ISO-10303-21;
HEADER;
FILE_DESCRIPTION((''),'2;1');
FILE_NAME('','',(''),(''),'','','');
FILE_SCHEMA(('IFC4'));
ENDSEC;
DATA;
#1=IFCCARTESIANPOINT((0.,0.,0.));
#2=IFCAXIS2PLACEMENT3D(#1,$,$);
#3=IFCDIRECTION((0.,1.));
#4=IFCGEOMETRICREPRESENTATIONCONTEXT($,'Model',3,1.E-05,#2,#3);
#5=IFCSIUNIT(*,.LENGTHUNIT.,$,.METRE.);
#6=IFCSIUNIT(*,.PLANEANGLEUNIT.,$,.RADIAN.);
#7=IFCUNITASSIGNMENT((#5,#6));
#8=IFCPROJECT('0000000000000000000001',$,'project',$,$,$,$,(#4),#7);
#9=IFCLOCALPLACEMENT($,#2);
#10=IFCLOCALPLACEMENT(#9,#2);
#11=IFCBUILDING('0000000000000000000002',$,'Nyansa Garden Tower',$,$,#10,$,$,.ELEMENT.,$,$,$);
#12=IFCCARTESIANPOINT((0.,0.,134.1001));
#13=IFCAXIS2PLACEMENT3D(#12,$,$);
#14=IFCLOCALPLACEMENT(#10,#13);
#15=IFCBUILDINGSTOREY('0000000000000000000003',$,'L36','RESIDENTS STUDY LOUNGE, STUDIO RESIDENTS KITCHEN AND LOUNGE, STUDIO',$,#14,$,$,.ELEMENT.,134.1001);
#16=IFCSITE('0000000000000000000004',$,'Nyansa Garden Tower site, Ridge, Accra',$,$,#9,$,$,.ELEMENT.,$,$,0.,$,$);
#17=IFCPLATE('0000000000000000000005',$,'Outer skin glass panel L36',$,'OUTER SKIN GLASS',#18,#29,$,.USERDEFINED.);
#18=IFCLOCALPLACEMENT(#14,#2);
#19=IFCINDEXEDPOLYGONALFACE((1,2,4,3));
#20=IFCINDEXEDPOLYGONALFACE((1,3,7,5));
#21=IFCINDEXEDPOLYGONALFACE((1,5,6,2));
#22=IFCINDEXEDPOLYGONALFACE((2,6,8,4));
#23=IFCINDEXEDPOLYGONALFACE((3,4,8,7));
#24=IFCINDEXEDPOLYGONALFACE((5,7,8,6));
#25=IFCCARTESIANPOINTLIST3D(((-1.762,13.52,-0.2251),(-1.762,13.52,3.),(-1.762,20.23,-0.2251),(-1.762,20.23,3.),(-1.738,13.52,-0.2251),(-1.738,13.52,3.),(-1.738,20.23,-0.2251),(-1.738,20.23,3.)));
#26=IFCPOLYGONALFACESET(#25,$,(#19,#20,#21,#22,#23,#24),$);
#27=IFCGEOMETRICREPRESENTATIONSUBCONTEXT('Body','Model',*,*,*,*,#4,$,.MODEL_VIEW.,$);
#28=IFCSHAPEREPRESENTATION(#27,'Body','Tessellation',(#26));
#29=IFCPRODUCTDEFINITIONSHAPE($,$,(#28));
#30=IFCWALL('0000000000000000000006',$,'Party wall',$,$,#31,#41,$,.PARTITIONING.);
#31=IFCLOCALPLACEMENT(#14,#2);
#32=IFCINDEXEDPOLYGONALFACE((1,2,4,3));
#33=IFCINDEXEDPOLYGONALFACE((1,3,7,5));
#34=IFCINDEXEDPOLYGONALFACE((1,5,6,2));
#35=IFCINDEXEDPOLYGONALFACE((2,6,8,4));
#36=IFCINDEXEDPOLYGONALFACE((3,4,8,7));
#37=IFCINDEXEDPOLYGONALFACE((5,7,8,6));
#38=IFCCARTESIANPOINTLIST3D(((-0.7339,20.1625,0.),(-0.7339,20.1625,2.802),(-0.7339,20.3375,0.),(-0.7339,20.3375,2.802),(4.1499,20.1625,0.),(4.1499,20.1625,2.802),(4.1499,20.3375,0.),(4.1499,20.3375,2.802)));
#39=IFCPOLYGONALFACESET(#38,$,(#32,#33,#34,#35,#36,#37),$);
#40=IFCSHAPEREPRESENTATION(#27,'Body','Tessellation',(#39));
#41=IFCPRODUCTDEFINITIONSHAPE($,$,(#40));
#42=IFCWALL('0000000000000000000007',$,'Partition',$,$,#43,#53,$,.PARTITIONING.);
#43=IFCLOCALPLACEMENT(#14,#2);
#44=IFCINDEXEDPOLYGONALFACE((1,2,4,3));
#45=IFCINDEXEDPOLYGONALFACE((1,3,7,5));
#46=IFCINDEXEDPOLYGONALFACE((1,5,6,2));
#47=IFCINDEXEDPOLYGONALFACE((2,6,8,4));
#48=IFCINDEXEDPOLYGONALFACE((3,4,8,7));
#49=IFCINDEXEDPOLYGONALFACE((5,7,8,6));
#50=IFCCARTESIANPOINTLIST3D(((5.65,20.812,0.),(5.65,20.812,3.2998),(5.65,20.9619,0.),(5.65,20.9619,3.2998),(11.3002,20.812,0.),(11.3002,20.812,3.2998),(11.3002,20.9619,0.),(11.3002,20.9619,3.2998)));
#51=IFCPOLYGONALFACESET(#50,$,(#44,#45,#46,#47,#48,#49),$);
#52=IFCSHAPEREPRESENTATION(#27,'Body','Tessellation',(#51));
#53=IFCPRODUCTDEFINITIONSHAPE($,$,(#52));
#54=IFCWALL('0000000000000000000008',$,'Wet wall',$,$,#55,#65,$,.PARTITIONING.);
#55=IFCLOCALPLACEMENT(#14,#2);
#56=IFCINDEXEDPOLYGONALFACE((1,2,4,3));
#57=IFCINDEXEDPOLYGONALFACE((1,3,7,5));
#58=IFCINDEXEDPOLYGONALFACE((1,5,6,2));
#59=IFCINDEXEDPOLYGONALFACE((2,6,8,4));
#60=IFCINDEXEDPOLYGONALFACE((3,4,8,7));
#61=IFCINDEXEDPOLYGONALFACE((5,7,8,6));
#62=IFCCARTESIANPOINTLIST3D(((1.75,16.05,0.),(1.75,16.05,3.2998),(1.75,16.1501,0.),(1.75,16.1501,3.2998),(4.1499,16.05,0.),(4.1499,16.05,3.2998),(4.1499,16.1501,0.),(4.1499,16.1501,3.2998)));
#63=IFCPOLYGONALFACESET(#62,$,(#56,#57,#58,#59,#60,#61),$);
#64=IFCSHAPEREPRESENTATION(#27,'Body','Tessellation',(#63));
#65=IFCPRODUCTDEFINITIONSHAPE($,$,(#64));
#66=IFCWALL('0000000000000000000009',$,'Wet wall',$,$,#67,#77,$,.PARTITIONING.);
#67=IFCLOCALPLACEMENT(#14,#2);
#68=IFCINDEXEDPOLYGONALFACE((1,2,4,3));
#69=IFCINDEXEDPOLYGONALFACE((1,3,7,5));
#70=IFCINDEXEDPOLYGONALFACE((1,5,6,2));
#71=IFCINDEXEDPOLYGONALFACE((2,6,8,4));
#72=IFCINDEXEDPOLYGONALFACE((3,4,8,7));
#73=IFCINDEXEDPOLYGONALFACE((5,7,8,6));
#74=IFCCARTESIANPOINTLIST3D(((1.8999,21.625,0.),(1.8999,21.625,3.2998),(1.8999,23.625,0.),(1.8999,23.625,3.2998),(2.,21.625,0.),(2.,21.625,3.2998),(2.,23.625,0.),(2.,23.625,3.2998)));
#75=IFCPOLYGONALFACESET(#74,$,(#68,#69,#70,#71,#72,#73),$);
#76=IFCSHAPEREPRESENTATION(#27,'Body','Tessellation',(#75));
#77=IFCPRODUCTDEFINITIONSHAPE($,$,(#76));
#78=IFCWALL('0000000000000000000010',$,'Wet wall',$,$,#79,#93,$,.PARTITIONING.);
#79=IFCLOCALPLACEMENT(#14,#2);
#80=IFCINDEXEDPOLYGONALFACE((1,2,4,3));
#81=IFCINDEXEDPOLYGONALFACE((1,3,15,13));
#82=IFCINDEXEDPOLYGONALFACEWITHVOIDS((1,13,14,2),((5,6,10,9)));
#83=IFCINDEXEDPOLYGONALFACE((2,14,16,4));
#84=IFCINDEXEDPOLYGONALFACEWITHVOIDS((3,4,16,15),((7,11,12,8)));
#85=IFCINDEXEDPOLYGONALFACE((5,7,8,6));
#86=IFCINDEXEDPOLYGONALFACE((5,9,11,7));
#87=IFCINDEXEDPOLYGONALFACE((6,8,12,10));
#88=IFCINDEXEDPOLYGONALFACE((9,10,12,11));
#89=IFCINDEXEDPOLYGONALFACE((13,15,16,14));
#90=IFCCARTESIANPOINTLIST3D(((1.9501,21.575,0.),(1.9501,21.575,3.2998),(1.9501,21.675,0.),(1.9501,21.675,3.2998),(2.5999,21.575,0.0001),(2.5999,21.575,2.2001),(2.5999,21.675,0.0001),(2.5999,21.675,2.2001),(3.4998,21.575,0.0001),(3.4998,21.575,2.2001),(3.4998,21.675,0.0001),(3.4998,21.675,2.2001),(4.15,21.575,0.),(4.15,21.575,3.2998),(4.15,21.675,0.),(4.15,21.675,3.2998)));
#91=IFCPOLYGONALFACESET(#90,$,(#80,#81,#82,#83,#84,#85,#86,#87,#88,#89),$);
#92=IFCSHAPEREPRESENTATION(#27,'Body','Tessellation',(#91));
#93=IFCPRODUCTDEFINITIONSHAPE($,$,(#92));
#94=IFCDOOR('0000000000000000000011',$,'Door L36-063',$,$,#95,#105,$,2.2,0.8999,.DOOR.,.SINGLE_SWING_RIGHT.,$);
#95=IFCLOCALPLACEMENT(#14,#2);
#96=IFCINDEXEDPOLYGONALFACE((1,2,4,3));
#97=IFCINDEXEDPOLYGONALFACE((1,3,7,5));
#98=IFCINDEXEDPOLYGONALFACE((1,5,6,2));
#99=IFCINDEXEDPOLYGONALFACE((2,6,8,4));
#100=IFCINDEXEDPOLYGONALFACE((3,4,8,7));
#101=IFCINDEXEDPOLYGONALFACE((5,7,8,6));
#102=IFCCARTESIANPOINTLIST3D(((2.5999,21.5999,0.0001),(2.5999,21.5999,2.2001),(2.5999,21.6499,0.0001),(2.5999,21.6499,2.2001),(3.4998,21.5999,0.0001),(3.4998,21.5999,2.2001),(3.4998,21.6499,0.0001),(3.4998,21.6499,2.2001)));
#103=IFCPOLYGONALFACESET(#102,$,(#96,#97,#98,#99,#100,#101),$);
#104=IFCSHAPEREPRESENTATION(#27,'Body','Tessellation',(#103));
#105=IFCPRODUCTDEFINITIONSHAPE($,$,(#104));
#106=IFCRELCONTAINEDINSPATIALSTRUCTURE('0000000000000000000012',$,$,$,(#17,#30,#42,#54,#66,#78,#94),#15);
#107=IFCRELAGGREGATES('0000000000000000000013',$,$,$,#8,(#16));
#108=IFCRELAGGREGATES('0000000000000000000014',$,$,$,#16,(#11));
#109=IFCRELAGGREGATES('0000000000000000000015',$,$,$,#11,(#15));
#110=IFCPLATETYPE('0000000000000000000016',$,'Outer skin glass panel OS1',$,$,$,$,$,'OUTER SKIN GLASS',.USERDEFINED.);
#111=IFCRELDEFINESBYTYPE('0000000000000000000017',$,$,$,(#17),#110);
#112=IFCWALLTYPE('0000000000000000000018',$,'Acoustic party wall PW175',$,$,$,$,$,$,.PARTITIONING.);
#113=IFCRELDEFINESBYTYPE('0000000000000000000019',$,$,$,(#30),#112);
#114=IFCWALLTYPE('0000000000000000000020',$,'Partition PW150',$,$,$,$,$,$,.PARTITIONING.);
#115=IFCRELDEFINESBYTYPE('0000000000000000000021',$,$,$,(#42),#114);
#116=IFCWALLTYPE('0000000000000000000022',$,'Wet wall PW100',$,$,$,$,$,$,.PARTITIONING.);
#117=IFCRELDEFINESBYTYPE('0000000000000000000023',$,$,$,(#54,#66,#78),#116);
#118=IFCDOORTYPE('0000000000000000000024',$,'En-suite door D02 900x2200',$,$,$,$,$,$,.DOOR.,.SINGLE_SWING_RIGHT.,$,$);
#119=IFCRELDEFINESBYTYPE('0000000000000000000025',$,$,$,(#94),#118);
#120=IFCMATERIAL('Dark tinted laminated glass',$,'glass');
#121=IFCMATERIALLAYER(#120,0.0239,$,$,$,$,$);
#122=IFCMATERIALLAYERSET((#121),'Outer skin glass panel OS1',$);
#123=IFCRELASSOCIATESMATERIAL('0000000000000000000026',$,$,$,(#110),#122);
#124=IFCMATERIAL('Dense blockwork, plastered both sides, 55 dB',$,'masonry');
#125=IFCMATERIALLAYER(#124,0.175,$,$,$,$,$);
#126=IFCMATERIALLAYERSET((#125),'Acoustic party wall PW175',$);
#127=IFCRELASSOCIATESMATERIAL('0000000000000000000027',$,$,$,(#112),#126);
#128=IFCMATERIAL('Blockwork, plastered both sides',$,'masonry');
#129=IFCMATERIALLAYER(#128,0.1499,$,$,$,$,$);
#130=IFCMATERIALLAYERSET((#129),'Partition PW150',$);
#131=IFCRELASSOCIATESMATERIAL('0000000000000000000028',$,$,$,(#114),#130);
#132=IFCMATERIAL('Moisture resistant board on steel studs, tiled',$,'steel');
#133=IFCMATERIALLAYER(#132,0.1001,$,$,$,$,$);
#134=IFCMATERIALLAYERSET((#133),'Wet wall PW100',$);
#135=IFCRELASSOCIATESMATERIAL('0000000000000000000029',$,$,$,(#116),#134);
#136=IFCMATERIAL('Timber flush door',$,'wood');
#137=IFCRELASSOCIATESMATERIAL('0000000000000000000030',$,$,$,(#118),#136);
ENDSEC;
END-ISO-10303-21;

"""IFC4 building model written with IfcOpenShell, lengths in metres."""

from ifc_helpers import new_model, si_unit, direction, frame, frame_2d, origin, origin_2d, place, context, subcontext, project, spatial, rectangle, extrude, material, layer, layer_set, type_object, element, fill, save


model = new_model("IFC4")

# Units and contexts
model_context = context("Model", 3, precision=1e-05, world=origin(), true_north=direction((0.0, 1.0)))
body_context = subcontext(model_context, "Body", "Model", "MODEL_VIEW")
ifc_project = project(units=[si_unit("LENGTHUNIT", "METRE"), si_unit("PLANEANGLEUNIT", "RADIAN")], contexts=[model_context])

# Site, building, storey
site_placement = place(None, origin())
site = spatial("IfcSite", under=ifc_project, at=site_placement, Name="Nyansa Garden Tower site, Ridge, Accra", CompositionType="ELEMENT", RefElevation=0.0)
building_placement = place(site_placement, origin())
building = spatial("IfcBuilding", under=site, at=building_placement, Name="Nyansa Garden Tower", CompositionType="ELEMENT")
storey_placement = place(building_placement, frame((0.0, 0.0, 134.1001)))
storey = spatial("IfcBuildingStorey", under=building, at=storey_placement, Name="L36", Description="RESIDENTS STUDY LOUNGE, STUDIO RESIDENTS KITCHEN AND LOUNGE, STUDIO", CompositionType="ELEMENT", Elevation=134.1001)

# Plate
ifc_material_1 = material(Name="Dark tinted laminated glass", Category="glass")
ifc_layer_1 = layer(ifc_material_1, 0.0239)
ifc_layer_set_1 = layer_set([ifc_layer_1], Name="Outer skin glass panel OS1")
plate_type_1 = type_object("IfcPlateType", Name="Outer skin glass panel OS1", ElementType="OUTER SKIN GLASS", PredefinedType="USERDEFINED", material=ifc_layer_set_1)
plate_1_placement = place(storey_placement, frame((-1.75, 16.875, -0.2251), z_axis=(0.0, 0.0, 1.0), x_axis=(0.0, 1.0, 0.0)))
element("IfcPlate", 1, at=plate_1_placement, inside=storey, type_object=plate_type_1, Name="Outer skin glass panel L36", ObjectType="OUTER SKIN GLASS", PredefinedType="USERDEFINED", context=body_context, shape_type="SweptSolid", body=[
    extrude(rectangle(XDim=6.71, YDim=0.0239, at=origin_2d()), origin(), (0.0, 0.0, 1.0), 3.2251),
])

# Walls
ifc_material_2 = material(Name="Dense blockwork, plastered both sides, 55 dB", Category="masonry")
ifc_layer_2 = layer(ifc_material_2, 0.175)
ifc_layer_set_2 = layer_set([ifc_layer_2], Name="Acoustic party wall PW175")
wall_type_1 = type_object("IfcWallType", Name="Acoustic party wall PW175", PredefinedType="PARTITIONING", material=ifc_layer_set_2)
wall_1_placement = place(storey_placement, frame((-0.7339, 20.25, 0.0), z_axis=(0.0, 0.0, 1.0), x_axis=(1.0, 0.0, 0.0)))
element("IfcWall", 2, at=wall_1_placement, inside=storey, type_object=wall_type_1, Name="Party wall", PredefinedType="PARTITIONING", context=body_context, shape_type="SweptSolid", body=[
    extrude(rectangle(XDim=4.8838, YDim=0.175, at=frame_2d((2.4419, 0.0))), origin(), (0.0, 0.0, 1.0), 2.802),
])
ifc_material_3 = material(Name="Blockwork, plastered both sides", Category="masonry")
ifc_layer_3 = layer(ifc_material_3, 0.1499)
ifc_layer_set_3 = layer_set([ifc_layer_3], Name="Partition PW150")
wall_type_2 = type_object("IfcWallType", Name="Partition PW150", PredefinedType="PARTITIONING", material=ifc_layer_set_3)
wall_2_placement = place(storey_placement, frame((5.6499, 20.887, 0.0), z_axis=(0.0, 0.0, 1.0), x_axis=(1.0, 0.0, 0.0)))
element("IfcWall", 3, at=wall_2_placement, inside=storey, type_object=wall_type_2, Name="Partition", PredefinedType="PARTITIONING", context=body_context, shape_type="SweptSolid", body=[
    extrude(rectangle(XDim=5.6501, YDim=0.1499, at=frame_2d((2.8252, 0.0))), origin(), (0.0, 0.0, 1.0), 3.2998),
])
ifc_material_4 = material(Name="Moisture resistant board on steel studs, tiled", Category="steel")
ifc_layer_4 = layer(ifc_material_4, 0.1001)
ifc_layer_set_4 = layer_set([ifc_layer_4], Name="Wet wall PW100")
wall_type_3 = type_object("IfcWallType", Name="Wet wall PW100", PredefinedType="PARTITIONING", material=ifc_layer_set_4)
wall_3_placement = place(storey_placement, frame((1.75, 16.1001, 0.0), z_axis=(0.0, 0.0, 1.0), x_axis=(1.0, 0.0, 0.0)))
element("IfcWall", 4, at=wall_3_placement, inside=storey, type_object=wall_type_3, Name="Wet wall", PredefinedType="PARTITIONING", context=body_context, shape_type="SweptSolid", body=[
    extrude(rectangle(XDim=2.3999, YDim=0.1001, at=frame_2d((1.2, 0.0))), origin(), (0.0, 0.0, 1.0), 3.2998),
])
wall_4_placement = place(storey_placement, frame((1.95, 21.625, 0.0), z_axis=(0.0, 0.0, 1.0), x_axis=(0.0, 1.0, 0.0)))
element("IfcWall", 5, at=wall_4_placement, inside=storey, type_object=wall_type_3, Name="Wet wall", PredefinedType="PARTITIONING", context=body_context, shape_type="SweptSolid", body=[
    extrude(rectangle(XDim=2.0, YDim=0.1001, at=frame_2d((1.0, 0.0))), origin(), (0.0, 0.0, 1.0), 3.2998),
])

# Wall, opening, door
wall_5_placement = place(storey_placement, frame((1.95, 21.625, 0.0), z_axis=(0.0, 0.0, 1.0), x_axis=(1.0, 0.0, 0.0)))
wall_5 = element("IfcWall", 6, at=wall_5_placement, inside=storey, type_object=wall_type_3, Name="Wet wall", PredefinedType="PARTITIONING", context=body_context, shape_type="SweptSolid", body=[
    extrude(rectangle(XDim=2.2, YDim=0.1001, at=frame_2d((1.1001, 0.0))), origin(), (0.0, 0.0, 1.0), 3.2998),
])
opening_placement = place(wall_5_placement, frame((0.6499, 0.0, 0.0)))
opening = element("IfcOpeningElement", 7, at=opening_placement, cuts=wall_5, PredefinedType="OPENING", context=body_context, shape_type="SweptSolid", body=[
    extrude(rectangle(XDim=0.8999, YDim=2.2, at=frame_2d((0.45, 1.1001))), frame((0.0, 0.0601, 0.0), z_axis=(0.0, -1.0, 0.0), x_axis=(1.0, 0.0, 0.0)), (0.0, 0.0, 1.0), 0.1201),
])
ifc_material_5 = material(Name="Timber flush door", Category="wood")
door_type = type_object("IfcDoorType", Name="En-suite door D02 900x2200", OperationType="SINGLE_SWING_RIGHT", PredefinedType="DOOR", material=ifc_material_5)
door_placement = place(opening_placement, origin())
door = element("IfcDoor", 8, at=door_placement, inside=storey, type_object=door_type, Name="Door L36-063", OperationType="SINGLE_SWING_RIGHT", OverallHeight=2.2, OverallWidth=0.8999, PredefinedType="DOOR", context=body_context, shape_type="SweptSolid", body=[
    extrude(rectangle(XDim=0.8999, YDim=2.2, at=frame_2d((0.45, 1.1001))), frame((0.0, 0.0249, 0.0), z_axis=(0.0, -1.0, 0.0), x_axis=(1.0, 0.0, 0.0)), (0.0, 0.0, 1.0), 0.05),
])
fill(opening, door)

save(model, "model.ifc")
